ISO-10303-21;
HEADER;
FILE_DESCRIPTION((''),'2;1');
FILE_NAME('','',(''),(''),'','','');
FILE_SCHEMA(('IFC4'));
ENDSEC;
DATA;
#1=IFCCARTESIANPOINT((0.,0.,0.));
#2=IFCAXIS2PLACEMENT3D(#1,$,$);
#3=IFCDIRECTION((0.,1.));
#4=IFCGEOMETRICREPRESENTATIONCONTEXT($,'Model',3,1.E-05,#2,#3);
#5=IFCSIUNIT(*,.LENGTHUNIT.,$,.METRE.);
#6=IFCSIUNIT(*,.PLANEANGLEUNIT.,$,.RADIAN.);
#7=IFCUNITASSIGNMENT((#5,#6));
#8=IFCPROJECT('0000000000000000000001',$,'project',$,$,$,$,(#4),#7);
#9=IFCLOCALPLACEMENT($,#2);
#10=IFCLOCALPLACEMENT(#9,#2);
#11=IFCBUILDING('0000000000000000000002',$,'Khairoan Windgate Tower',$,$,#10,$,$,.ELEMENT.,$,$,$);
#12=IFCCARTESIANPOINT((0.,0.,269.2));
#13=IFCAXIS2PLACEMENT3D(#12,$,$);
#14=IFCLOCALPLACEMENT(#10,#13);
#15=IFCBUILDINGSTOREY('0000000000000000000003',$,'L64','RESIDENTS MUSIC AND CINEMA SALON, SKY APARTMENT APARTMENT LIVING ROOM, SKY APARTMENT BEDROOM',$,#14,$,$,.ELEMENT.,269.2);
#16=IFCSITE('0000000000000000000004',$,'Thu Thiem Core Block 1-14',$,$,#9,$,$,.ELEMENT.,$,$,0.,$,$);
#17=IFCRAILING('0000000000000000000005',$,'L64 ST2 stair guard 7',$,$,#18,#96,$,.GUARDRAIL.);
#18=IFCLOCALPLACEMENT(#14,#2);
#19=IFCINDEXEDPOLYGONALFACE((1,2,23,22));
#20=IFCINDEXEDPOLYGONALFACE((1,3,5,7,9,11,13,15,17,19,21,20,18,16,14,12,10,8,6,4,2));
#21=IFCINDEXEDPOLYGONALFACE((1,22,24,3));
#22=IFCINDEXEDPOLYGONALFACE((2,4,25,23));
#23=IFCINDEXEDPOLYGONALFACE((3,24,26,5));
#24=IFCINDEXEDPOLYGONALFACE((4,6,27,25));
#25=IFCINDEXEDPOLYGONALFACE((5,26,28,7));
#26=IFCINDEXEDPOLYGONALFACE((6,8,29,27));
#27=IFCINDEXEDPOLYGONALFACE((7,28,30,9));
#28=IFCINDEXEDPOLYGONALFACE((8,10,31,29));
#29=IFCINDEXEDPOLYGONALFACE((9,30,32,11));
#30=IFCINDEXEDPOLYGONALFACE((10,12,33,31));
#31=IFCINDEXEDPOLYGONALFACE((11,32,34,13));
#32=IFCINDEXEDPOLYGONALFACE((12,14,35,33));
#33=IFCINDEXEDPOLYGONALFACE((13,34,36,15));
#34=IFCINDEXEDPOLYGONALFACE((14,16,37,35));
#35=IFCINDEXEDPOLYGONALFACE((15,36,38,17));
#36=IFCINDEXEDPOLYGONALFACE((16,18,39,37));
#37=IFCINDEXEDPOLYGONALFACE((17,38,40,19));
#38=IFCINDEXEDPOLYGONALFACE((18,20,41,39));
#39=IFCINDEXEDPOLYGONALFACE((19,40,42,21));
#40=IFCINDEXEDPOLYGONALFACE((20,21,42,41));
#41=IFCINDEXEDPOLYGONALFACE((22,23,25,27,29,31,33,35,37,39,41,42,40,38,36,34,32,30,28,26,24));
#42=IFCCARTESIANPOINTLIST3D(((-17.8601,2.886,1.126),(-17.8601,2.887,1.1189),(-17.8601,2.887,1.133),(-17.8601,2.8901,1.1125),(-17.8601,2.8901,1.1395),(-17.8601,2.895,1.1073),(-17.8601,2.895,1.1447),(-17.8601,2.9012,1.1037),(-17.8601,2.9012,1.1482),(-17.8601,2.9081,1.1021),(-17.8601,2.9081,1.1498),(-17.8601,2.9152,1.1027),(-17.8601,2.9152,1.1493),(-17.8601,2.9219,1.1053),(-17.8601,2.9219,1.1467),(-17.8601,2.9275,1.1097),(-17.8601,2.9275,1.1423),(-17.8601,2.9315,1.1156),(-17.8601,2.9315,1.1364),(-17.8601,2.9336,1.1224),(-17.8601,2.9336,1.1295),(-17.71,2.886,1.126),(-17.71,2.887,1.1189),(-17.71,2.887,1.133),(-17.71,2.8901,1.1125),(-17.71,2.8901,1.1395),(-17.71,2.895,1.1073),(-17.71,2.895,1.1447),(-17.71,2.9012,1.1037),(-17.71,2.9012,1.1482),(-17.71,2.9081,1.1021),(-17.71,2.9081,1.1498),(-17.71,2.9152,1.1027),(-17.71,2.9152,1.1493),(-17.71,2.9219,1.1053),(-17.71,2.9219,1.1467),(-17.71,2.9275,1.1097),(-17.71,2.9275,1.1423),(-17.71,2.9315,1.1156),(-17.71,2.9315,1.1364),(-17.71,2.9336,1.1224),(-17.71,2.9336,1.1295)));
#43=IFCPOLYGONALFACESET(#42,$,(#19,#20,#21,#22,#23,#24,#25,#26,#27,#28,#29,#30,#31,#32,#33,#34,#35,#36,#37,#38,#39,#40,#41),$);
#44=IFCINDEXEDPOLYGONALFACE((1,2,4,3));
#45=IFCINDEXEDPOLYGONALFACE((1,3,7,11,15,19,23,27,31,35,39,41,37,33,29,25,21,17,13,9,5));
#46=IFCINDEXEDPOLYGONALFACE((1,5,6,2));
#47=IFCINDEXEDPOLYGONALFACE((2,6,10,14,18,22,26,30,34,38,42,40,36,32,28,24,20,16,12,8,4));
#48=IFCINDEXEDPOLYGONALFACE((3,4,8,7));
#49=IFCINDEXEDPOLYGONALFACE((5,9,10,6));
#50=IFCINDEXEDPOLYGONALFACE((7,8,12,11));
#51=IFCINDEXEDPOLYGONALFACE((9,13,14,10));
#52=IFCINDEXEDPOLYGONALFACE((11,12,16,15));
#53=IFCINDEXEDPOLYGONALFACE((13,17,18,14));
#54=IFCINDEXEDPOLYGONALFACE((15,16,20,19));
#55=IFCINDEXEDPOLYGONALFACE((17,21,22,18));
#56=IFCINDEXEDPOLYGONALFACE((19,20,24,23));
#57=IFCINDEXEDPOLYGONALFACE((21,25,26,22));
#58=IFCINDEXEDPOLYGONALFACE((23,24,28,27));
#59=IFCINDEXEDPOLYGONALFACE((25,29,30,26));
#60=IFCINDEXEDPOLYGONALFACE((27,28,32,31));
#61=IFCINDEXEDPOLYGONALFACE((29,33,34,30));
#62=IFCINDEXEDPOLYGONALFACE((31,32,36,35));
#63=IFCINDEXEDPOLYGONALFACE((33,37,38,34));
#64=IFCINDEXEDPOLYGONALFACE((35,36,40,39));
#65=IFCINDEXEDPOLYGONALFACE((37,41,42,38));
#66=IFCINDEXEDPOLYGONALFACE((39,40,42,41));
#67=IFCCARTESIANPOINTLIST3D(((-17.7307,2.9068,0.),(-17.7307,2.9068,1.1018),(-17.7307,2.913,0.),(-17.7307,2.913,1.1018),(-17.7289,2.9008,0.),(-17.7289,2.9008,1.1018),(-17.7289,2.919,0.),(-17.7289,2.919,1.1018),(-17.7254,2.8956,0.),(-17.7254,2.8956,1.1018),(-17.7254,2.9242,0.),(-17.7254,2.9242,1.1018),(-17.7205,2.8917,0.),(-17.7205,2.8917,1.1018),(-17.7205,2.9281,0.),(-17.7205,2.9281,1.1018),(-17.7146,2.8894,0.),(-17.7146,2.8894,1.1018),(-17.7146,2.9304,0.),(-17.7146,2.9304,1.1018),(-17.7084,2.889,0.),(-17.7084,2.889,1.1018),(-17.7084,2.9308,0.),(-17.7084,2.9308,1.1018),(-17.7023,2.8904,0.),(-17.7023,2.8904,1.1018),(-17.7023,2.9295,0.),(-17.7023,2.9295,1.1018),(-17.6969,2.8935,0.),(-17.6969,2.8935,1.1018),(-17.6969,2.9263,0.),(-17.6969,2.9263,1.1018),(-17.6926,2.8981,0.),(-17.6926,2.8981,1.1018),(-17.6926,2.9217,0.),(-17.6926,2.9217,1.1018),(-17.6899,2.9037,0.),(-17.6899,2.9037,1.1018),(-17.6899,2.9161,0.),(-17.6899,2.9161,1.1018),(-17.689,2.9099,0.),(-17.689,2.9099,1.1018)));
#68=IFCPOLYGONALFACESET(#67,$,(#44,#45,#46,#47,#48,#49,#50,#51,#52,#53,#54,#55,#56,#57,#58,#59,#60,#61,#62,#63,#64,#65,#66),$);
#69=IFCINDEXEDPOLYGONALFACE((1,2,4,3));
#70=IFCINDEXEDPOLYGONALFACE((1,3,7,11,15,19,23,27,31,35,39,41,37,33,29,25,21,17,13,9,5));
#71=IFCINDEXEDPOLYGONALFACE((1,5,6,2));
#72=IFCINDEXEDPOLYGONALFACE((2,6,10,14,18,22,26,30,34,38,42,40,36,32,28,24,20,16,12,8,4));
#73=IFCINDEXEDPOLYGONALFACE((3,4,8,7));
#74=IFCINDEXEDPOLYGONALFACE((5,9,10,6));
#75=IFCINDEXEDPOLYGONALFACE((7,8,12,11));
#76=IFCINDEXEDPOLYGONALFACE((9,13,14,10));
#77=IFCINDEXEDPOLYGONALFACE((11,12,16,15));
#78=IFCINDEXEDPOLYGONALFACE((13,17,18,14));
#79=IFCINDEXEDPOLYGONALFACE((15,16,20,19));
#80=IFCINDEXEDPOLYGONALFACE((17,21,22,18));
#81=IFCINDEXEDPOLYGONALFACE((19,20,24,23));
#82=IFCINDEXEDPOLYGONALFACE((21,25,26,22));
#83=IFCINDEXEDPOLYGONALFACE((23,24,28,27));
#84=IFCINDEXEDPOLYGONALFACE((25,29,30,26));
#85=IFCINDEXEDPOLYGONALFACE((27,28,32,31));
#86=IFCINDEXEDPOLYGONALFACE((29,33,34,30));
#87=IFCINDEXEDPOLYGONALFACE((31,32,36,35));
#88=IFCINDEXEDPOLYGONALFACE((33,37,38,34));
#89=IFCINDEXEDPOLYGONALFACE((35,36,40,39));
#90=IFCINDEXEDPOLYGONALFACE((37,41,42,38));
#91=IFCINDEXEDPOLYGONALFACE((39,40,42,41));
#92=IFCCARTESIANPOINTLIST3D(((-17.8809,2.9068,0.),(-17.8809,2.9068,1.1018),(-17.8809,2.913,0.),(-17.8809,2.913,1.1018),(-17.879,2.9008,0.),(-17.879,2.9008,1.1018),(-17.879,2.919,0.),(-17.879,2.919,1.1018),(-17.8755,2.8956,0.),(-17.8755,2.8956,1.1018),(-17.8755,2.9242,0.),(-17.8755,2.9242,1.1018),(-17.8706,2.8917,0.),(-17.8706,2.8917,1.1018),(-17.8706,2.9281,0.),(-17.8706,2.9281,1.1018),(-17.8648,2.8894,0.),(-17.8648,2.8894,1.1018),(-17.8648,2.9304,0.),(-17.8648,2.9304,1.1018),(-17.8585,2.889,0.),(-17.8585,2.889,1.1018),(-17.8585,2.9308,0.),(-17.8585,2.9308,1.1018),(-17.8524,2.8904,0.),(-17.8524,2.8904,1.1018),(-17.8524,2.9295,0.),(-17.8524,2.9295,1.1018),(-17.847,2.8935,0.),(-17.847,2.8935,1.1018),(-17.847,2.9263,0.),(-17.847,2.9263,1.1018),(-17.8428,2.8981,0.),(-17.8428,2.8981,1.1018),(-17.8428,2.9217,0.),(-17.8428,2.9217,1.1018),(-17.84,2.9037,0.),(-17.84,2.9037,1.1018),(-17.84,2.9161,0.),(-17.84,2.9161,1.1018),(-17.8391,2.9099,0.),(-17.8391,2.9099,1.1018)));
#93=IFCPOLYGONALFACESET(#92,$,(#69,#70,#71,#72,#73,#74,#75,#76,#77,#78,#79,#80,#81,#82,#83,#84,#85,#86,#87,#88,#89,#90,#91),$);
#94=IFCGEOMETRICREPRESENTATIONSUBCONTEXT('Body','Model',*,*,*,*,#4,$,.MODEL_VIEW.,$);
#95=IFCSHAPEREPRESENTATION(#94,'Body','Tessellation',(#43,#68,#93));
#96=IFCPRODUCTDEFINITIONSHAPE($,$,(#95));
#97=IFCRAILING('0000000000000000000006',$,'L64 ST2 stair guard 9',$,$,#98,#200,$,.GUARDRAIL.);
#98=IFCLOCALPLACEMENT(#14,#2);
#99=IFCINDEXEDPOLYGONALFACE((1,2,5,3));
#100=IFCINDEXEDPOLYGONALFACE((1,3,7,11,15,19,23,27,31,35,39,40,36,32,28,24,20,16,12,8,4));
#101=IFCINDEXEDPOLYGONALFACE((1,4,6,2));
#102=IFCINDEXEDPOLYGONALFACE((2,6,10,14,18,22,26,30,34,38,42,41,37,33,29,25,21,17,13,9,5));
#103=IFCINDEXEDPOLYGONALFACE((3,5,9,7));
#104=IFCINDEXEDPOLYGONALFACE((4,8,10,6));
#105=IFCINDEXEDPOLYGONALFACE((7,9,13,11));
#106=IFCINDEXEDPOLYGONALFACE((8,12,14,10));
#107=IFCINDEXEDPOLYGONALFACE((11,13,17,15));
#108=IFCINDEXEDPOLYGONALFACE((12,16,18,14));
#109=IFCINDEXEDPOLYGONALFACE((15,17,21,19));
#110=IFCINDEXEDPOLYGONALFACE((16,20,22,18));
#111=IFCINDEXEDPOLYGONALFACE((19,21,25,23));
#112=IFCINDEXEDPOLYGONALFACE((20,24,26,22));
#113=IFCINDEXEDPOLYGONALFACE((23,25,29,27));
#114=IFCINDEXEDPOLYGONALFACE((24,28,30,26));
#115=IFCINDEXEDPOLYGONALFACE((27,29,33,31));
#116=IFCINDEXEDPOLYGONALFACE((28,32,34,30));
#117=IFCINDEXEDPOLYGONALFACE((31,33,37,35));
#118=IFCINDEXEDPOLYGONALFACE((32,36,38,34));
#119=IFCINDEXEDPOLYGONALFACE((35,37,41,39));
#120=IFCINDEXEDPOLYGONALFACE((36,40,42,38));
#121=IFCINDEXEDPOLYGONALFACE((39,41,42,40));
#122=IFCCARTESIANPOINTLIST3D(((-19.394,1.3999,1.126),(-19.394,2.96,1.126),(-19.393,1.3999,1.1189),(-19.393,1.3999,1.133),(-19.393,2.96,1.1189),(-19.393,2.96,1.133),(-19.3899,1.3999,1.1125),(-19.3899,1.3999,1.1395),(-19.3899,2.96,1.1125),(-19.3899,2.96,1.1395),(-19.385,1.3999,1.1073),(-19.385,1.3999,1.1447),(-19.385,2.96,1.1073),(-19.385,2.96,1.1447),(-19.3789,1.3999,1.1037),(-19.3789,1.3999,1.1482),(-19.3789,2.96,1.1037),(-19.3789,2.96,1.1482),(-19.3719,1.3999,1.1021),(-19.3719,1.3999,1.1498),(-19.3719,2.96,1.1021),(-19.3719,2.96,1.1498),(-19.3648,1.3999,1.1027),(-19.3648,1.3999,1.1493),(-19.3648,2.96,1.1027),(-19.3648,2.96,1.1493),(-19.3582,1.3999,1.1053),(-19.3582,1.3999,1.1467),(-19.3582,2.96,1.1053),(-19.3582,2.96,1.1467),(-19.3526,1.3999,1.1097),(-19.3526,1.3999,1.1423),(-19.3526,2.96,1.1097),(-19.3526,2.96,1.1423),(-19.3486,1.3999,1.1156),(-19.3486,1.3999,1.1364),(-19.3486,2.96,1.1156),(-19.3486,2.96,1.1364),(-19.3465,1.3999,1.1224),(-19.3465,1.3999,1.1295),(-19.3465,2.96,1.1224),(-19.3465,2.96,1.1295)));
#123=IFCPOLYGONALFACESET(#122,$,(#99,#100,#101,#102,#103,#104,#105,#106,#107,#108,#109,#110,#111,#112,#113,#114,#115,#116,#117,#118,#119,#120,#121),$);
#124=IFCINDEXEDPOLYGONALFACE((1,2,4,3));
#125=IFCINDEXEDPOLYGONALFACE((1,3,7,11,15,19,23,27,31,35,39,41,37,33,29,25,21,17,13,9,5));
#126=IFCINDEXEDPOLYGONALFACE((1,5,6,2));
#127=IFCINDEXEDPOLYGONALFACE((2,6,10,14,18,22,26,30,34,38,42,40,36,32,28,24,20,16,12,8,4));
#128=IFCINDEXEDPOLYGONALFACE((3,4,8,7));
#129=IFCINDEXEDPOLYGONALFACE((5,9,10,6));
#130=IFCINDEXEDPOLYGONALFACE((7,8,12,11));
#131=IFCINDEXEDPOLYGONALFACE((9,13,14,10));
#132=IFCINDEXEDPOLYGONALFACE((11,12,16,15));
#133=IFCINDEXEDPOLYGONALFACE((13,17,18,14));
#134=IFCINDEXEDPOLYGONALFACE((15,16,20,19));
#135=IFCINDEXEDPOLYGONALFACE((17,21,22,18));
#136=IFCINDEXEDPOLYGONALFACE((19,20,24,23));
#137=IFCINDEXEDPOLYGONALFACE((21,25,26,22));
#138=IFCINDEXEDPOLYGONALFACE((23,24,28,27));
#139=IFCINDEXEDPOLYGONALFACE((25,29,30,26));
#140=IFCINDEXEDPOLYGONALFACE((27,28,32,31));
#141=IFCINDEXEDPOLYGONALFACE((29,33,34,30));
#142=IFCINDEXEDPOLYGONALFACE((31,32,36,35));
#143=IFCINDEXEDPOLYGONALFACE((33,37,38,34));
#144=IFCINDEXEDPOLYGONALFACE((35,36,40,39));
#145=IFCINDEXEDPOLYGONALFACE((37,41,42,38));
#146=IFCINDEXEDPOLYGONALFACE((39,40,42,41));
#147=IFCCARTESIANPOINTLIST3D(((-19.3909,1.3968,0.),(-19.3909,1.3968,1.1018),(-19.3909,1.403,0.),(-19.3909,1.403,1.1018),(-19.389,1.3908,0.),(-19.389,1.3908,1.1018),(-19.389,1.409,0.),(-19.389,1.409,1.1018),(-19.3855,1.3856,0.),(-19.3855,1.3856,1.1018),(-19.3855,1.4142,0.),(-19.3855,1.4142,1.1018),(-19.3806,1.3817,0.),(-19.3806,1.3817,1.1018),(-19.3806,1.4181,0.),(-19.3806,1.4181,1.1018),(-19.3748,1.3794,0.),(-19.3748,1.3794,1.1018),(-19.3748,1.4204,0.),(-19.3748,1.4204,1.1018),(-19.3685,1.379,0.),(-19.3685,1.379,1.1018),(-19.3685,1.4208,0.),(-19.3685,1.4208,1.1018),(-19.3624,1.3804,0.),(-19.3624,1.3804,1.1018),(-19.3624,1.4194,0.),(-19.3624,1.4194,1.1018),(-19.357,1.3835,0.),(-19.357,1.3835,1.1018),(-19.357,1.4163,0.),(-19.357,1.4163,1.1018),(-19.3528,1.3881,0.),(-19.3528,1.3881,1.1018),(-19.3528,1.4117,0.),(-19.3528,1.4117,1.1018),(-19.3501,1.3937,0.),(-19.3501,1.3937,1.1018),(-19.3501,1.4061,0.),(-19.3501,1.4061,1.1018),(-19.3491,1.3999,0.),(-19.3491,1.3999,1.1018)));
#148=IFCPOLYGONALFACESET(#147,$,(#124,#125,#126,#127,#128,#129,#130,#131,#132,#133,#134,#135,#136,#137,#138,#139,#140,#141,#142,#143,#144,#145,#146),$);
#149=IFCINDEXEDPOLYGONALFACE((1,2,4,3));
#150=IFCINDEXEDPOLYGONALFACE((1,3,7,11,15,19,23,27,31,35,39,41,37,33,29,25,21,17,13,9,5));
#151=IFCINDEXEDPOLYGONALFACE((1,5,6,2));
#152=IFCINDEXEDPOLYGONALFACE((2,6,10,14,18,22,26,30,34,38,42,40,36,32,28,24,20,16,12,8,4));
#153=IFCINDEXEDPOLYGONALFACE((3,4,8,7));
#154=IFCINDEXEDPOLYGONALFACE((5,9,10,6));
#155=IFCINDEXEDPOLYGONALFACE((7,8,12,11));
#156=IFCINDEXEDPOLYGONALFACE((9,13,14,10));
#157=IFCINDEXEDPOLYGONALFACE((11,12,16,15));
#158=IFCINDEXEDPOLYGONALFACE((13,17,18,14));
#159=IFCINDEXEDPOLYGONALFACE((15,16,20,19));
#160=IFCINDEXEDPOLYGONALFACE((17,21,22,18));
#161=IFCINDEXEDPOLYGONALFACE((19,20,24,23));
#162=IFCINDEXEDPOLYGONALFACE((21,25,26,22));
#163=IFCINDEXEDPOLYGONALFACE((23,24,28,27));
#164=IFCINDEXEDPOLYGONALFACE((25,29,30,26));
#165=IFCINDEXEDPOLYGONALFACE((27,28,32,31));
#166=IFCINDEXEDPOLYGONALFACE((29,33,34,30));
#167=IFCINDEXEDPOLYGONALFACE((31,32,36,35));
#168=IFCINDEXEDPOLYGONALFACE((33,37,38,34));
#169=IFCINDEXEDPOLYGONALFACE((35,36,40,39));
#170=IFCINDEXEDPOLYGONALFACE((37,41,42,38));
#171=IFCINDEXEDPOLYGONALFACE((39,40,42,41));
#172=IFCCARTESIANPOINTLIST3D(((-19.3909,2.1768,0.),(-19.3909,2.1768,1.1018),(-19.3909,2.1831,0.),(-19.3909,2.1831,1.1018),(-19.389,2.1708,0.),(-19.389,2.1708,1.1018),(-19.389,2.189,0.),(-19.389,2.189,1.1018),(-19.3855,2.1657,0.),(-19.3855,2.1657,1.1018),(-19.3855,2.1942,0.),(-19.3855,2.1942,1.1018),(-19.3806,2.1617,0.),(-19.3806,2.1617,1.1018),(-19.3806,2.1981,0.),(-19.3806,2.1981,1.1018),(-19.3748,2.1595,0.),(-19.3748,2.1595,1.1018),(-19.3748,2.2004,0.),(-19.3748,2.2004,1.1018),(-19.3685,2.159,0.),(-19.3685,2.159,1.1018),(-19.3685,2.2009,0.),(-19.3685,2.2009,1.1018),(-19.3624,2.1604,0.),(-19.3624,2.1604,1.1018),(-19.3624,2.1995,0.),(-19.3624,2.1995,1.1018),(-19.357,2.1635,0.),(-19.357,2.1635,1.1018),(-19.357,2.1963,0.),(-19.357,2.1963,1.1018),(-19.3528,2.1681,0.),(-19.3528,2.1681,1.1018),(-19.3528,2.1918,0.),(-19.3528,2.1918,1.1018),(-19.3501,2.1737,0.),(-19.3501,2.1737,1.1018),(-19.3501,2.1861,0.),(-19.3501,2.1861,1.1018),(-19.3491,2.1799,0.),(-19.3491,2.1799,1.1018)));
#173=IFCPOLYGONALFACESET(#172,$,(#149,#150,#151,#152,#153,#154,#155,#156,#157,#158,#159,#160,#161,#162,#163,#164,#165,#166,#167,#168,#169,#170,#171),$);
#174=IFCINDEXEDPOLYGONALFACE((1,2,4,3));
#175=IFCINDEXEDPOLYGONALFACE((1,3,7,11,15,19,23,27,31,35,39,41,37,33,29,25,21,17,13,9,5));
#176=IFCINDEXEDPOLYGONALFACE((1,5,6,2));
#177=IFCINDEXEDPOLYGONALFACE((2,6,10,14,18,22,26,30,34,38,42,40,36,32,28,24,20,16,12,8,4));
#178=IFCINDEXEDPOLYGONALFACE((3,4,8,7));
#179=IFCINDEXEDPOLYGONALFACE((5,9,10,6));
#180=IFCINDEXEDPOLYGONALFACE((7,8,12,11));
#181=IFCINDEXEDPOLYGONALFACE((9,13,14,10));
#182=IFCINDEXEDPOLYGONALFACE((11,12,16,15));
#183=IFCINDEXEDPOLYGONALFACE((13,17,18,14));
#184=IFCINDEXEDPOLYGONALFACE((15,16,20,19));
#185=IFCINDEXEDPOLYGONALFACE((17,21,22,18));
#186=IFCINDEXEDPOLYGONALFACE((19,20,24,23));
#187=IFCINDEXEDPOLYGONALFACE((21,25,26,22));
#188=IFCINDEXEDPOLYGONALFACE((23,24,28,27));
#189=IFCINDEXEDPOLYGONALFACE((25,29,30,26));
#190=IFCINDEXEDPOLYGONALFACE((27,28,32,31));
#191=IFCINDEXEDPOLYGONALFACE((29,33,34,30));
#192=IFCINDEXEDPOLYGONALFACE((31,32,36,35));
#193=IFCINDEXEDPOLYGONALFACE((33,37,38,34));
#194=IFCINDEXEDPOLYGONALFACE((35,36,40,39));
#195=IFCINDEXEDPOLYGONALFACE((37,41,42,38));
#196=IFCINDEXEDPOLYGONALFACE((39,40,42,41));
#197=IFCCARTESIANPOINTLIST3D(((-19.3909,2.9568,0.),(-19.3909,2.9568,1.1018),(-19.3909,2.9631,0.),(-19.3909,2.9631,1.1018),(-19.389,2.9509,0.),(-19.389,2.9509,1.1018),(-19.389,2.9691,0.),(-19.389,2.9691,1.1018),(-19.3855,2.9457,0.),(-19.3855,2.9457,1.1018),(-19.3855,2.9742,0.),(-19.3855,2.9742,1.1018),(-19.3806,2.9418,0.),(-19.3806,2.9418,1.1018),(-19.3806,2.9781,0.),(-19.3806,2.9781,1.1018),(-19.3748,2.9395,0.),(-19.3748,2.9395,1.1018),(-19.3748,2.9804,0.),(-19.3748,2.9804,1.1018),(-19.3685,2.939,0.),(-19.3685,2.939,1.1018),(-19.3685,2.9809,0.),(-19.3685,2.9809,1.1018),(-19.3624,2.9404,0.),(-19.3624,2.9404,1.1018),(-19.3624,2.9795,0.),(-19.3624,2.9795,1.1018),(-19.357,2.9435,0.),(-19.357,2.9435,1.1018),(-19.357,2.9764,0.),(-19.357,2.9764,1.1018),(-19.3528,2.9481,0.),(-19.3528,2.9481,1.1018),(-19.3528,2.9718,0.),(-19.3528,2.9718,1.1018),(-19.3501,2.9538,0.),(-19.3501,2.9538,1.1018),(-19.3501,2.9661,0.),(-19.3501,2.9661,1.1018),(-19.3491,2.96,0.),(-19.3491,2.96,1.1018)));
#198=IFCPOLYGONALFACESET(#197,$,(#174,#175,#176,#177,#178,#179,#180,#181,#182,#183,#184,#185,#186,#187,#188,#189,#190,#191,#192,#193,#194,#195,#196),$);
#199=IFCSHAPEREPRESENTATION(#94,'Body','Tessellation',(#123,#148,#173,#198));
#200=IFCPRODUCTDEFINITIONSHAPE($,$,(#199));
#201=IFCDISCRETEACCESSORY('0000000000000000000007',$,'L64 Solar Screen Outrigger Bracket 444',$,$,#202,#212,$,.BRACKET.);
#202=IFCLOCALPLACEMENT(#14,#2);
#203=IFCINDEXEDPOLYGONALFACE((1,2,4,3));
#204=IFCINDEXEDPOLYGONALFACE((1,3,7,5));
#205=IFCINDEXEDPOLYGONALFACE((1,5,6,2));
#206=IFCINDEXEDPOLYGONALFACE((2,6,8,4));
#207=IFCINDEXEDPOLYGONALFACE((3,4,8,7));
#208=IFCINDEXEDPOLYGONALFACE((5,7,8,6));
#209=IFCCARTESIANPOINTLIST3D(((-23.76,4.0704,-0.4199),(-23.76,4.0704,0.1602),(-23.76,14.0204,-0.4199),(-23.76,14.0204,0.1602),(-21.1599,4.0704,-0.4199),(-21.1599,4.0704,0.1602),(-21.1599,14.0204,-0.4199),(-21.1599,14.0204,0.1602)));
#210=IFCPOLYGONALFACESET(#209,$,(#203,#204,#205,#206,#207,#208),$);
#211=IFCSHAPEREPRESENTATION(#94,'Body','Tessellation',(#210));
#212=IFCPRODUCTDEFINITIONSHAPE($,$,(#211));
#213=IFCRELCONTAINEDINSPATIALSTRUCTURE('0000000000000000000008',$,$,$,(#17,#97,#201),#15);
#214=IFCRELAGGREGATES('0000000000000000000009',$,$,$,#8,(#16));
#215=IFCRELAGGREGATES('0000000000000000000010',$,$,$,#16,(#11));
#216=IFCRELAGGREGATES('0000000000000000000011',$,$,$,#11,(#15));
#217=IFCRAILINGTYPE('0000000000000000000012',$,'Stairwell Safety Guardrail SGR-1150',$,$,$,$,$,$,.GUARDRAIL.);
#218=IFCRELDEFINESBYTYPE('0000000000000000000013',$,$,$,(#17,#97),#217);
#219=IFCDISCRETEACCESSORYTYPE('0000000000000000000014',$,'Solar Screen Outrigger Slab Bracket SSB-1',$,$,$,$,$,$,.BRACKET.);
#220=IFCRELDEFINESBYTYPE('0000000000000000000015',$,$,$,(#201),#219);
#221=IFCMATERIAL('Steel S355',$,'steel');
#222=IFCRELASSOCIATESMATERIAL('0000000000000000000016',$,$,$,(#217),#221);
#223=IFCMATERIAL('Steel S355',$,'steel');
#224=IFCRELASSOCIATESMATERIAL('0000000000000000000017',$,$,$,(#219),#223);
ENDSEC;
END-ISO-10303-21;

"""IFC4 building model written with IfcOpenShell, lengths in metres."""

from ifc_helpers import new_model, si_unit, direction, frame, origin, origin_2d, place, context, subcontext, project, spatial, rectangle, circle, extrude, material, type_object, element, save


model = new_model("IFC4")

# Units and contexts
model_context = context("Model", 3, precision=1e-05, world=origin(), true_north=direction((0.0, 1.0)))
body_context = subcontext(model_context, "Body", "Model", "MODEL_VIEW")
ifc_project = project(units=[si_unit("LENGTHUNIT", "METRE"), si_unit("PLANEANGLEUNIT", "RADIAN")], contexts=[model_context])

# Site, building, storey
site_placement = place(None, origin())
site = spatial("IfcSite", under=ifc_project, at=site_placement, Name="Thu Thiem Core Block 1-14", CompositionType="ELEMENT", RefElevation=0.0)
building_placement = place(site_placement, origin())
building = spatial("IfcBuilding", under=site, at=building_placement, Name="Khairoan Windgate Tower", CompositionType="ELEMENT")
storey_placement = place(building_placement, frame((0.0, 0.0, 269.2)))
storey = spatial("IfcBuildingStorey", under=building, at=storey_placement, Name="L64", Description="RESIDENTS MUSIC AND CINEMA SALON, SKY APARTMENT APARTMENT LIVING ROOM, SKY APARTMENT BEDROOM", CompositionType="ELEMENT", Elevation=269.2)

# Railings
ifc_material_1 = material(Name="Steel S355", Category="steel")
railing_type_1 = type_object("IfcRailingType", Name="Stairwell Safety Guardrail SGR-1150", PredefinedType="GUARDRAIL", material=ifc_material_1)
railing_1_placement = place(storey_placement, frame((-17.71, 2.9099, 0.0)))
element("IfcRailing", 1, at=railing_1_placement, inside=storey, type_object=railing_type_1, Name="L64 ST2 stair guard 7", PredefinedType="GUARDRAIL", context=body_context, shape_type="SweptSolid", body=[
    extrude(circle(Radius=0.0239, at=origin_2d()), frame((0.0, 0.0, 1.126), z_axis=(-1.0, 0.0, 0.0), x_axis=(0.0, -1.0, 0.0)), (0.0, 0.0, 1.0), 0.1501),
    extrude(circle(Radius=0.021, at=origin_2d()), origin(), (0.0, 0.0, 1.0), 1.1018),
    extrude(circle(Radius=0.021, at=origin_2d()), frame((-0.1501, 0.0, 0.0)), (0.0, 0.0, 1.0), 1.1018),
])
railing_2_placement = place(storey_placement, frame((-19.3701, 1.3999, 0.0)))
element("IfcRailing", 2, at=railing_2_placement, inside=storey, type_object=railing_type_1, Name="L64 ST2 stair guard 9", PredefinedType="GUARDRAIL", context=body_context, shape_type="SweptSolid", body=[
    extrude(circle(Radius=0.0239, at=origin_2d()), frame((0.0, 0.0, 1.126), z_axis=(0.0, 1.0, 0.0), x_axis=(-1.0, 0.0, 0.0)), (0.0, 0.0, 1.0), 1.5601),
    extrude(circle(Radius=0.021, at=origin_2d()), origin(), (0.0, 0.0, 1.0), 1.1018),
    extrude(circle(Radius=0.021, at=origin_2d()), frame((0.0, 0.78, 0.0)), (0.0, 0.0, 1.0), 1.1018),
    extrude(circle(Radius=0.021, at=origin_2d()), frame((0.0, 1.5601, 0.0)), (0.0, 0.0, 1.0), 1.1018),
])

# Discrete accessory
ifc_material_2 = material(Name="Steel S355", Category="steel")
discrete_accessory_type = type_object("IfcDiscreteAccessoryType", Name="Solar Screen Outrigger Slab Bracket SSB-1", PredefinedType="BRACKET", material=ifc_material_2)
discrete_accessory_placement = place(storey_placement, frame((-22.46, 9.0454, -0.4199), z_axis=(0.0, 0.0, 1.0), x_axis=(0.0, 1.0, 0.0)))
element("IfcDiscreteAccessory", 3, at=discrete_accessory_placement, inside=storey, type_object=discrete_accessory_type, Name="L64 Solar Screen Outrigger Bracket 444", PredefinedType="BRACKET", context=body_context, shape_type="SweptSolid", body=[
    extrude(rectangle(XDim=9.95, YDim=2.6001, at=origin_2d()), origin(), (0.0, 0.0, 1.0), 0.5801),
])

save(model, "model.ifc")
